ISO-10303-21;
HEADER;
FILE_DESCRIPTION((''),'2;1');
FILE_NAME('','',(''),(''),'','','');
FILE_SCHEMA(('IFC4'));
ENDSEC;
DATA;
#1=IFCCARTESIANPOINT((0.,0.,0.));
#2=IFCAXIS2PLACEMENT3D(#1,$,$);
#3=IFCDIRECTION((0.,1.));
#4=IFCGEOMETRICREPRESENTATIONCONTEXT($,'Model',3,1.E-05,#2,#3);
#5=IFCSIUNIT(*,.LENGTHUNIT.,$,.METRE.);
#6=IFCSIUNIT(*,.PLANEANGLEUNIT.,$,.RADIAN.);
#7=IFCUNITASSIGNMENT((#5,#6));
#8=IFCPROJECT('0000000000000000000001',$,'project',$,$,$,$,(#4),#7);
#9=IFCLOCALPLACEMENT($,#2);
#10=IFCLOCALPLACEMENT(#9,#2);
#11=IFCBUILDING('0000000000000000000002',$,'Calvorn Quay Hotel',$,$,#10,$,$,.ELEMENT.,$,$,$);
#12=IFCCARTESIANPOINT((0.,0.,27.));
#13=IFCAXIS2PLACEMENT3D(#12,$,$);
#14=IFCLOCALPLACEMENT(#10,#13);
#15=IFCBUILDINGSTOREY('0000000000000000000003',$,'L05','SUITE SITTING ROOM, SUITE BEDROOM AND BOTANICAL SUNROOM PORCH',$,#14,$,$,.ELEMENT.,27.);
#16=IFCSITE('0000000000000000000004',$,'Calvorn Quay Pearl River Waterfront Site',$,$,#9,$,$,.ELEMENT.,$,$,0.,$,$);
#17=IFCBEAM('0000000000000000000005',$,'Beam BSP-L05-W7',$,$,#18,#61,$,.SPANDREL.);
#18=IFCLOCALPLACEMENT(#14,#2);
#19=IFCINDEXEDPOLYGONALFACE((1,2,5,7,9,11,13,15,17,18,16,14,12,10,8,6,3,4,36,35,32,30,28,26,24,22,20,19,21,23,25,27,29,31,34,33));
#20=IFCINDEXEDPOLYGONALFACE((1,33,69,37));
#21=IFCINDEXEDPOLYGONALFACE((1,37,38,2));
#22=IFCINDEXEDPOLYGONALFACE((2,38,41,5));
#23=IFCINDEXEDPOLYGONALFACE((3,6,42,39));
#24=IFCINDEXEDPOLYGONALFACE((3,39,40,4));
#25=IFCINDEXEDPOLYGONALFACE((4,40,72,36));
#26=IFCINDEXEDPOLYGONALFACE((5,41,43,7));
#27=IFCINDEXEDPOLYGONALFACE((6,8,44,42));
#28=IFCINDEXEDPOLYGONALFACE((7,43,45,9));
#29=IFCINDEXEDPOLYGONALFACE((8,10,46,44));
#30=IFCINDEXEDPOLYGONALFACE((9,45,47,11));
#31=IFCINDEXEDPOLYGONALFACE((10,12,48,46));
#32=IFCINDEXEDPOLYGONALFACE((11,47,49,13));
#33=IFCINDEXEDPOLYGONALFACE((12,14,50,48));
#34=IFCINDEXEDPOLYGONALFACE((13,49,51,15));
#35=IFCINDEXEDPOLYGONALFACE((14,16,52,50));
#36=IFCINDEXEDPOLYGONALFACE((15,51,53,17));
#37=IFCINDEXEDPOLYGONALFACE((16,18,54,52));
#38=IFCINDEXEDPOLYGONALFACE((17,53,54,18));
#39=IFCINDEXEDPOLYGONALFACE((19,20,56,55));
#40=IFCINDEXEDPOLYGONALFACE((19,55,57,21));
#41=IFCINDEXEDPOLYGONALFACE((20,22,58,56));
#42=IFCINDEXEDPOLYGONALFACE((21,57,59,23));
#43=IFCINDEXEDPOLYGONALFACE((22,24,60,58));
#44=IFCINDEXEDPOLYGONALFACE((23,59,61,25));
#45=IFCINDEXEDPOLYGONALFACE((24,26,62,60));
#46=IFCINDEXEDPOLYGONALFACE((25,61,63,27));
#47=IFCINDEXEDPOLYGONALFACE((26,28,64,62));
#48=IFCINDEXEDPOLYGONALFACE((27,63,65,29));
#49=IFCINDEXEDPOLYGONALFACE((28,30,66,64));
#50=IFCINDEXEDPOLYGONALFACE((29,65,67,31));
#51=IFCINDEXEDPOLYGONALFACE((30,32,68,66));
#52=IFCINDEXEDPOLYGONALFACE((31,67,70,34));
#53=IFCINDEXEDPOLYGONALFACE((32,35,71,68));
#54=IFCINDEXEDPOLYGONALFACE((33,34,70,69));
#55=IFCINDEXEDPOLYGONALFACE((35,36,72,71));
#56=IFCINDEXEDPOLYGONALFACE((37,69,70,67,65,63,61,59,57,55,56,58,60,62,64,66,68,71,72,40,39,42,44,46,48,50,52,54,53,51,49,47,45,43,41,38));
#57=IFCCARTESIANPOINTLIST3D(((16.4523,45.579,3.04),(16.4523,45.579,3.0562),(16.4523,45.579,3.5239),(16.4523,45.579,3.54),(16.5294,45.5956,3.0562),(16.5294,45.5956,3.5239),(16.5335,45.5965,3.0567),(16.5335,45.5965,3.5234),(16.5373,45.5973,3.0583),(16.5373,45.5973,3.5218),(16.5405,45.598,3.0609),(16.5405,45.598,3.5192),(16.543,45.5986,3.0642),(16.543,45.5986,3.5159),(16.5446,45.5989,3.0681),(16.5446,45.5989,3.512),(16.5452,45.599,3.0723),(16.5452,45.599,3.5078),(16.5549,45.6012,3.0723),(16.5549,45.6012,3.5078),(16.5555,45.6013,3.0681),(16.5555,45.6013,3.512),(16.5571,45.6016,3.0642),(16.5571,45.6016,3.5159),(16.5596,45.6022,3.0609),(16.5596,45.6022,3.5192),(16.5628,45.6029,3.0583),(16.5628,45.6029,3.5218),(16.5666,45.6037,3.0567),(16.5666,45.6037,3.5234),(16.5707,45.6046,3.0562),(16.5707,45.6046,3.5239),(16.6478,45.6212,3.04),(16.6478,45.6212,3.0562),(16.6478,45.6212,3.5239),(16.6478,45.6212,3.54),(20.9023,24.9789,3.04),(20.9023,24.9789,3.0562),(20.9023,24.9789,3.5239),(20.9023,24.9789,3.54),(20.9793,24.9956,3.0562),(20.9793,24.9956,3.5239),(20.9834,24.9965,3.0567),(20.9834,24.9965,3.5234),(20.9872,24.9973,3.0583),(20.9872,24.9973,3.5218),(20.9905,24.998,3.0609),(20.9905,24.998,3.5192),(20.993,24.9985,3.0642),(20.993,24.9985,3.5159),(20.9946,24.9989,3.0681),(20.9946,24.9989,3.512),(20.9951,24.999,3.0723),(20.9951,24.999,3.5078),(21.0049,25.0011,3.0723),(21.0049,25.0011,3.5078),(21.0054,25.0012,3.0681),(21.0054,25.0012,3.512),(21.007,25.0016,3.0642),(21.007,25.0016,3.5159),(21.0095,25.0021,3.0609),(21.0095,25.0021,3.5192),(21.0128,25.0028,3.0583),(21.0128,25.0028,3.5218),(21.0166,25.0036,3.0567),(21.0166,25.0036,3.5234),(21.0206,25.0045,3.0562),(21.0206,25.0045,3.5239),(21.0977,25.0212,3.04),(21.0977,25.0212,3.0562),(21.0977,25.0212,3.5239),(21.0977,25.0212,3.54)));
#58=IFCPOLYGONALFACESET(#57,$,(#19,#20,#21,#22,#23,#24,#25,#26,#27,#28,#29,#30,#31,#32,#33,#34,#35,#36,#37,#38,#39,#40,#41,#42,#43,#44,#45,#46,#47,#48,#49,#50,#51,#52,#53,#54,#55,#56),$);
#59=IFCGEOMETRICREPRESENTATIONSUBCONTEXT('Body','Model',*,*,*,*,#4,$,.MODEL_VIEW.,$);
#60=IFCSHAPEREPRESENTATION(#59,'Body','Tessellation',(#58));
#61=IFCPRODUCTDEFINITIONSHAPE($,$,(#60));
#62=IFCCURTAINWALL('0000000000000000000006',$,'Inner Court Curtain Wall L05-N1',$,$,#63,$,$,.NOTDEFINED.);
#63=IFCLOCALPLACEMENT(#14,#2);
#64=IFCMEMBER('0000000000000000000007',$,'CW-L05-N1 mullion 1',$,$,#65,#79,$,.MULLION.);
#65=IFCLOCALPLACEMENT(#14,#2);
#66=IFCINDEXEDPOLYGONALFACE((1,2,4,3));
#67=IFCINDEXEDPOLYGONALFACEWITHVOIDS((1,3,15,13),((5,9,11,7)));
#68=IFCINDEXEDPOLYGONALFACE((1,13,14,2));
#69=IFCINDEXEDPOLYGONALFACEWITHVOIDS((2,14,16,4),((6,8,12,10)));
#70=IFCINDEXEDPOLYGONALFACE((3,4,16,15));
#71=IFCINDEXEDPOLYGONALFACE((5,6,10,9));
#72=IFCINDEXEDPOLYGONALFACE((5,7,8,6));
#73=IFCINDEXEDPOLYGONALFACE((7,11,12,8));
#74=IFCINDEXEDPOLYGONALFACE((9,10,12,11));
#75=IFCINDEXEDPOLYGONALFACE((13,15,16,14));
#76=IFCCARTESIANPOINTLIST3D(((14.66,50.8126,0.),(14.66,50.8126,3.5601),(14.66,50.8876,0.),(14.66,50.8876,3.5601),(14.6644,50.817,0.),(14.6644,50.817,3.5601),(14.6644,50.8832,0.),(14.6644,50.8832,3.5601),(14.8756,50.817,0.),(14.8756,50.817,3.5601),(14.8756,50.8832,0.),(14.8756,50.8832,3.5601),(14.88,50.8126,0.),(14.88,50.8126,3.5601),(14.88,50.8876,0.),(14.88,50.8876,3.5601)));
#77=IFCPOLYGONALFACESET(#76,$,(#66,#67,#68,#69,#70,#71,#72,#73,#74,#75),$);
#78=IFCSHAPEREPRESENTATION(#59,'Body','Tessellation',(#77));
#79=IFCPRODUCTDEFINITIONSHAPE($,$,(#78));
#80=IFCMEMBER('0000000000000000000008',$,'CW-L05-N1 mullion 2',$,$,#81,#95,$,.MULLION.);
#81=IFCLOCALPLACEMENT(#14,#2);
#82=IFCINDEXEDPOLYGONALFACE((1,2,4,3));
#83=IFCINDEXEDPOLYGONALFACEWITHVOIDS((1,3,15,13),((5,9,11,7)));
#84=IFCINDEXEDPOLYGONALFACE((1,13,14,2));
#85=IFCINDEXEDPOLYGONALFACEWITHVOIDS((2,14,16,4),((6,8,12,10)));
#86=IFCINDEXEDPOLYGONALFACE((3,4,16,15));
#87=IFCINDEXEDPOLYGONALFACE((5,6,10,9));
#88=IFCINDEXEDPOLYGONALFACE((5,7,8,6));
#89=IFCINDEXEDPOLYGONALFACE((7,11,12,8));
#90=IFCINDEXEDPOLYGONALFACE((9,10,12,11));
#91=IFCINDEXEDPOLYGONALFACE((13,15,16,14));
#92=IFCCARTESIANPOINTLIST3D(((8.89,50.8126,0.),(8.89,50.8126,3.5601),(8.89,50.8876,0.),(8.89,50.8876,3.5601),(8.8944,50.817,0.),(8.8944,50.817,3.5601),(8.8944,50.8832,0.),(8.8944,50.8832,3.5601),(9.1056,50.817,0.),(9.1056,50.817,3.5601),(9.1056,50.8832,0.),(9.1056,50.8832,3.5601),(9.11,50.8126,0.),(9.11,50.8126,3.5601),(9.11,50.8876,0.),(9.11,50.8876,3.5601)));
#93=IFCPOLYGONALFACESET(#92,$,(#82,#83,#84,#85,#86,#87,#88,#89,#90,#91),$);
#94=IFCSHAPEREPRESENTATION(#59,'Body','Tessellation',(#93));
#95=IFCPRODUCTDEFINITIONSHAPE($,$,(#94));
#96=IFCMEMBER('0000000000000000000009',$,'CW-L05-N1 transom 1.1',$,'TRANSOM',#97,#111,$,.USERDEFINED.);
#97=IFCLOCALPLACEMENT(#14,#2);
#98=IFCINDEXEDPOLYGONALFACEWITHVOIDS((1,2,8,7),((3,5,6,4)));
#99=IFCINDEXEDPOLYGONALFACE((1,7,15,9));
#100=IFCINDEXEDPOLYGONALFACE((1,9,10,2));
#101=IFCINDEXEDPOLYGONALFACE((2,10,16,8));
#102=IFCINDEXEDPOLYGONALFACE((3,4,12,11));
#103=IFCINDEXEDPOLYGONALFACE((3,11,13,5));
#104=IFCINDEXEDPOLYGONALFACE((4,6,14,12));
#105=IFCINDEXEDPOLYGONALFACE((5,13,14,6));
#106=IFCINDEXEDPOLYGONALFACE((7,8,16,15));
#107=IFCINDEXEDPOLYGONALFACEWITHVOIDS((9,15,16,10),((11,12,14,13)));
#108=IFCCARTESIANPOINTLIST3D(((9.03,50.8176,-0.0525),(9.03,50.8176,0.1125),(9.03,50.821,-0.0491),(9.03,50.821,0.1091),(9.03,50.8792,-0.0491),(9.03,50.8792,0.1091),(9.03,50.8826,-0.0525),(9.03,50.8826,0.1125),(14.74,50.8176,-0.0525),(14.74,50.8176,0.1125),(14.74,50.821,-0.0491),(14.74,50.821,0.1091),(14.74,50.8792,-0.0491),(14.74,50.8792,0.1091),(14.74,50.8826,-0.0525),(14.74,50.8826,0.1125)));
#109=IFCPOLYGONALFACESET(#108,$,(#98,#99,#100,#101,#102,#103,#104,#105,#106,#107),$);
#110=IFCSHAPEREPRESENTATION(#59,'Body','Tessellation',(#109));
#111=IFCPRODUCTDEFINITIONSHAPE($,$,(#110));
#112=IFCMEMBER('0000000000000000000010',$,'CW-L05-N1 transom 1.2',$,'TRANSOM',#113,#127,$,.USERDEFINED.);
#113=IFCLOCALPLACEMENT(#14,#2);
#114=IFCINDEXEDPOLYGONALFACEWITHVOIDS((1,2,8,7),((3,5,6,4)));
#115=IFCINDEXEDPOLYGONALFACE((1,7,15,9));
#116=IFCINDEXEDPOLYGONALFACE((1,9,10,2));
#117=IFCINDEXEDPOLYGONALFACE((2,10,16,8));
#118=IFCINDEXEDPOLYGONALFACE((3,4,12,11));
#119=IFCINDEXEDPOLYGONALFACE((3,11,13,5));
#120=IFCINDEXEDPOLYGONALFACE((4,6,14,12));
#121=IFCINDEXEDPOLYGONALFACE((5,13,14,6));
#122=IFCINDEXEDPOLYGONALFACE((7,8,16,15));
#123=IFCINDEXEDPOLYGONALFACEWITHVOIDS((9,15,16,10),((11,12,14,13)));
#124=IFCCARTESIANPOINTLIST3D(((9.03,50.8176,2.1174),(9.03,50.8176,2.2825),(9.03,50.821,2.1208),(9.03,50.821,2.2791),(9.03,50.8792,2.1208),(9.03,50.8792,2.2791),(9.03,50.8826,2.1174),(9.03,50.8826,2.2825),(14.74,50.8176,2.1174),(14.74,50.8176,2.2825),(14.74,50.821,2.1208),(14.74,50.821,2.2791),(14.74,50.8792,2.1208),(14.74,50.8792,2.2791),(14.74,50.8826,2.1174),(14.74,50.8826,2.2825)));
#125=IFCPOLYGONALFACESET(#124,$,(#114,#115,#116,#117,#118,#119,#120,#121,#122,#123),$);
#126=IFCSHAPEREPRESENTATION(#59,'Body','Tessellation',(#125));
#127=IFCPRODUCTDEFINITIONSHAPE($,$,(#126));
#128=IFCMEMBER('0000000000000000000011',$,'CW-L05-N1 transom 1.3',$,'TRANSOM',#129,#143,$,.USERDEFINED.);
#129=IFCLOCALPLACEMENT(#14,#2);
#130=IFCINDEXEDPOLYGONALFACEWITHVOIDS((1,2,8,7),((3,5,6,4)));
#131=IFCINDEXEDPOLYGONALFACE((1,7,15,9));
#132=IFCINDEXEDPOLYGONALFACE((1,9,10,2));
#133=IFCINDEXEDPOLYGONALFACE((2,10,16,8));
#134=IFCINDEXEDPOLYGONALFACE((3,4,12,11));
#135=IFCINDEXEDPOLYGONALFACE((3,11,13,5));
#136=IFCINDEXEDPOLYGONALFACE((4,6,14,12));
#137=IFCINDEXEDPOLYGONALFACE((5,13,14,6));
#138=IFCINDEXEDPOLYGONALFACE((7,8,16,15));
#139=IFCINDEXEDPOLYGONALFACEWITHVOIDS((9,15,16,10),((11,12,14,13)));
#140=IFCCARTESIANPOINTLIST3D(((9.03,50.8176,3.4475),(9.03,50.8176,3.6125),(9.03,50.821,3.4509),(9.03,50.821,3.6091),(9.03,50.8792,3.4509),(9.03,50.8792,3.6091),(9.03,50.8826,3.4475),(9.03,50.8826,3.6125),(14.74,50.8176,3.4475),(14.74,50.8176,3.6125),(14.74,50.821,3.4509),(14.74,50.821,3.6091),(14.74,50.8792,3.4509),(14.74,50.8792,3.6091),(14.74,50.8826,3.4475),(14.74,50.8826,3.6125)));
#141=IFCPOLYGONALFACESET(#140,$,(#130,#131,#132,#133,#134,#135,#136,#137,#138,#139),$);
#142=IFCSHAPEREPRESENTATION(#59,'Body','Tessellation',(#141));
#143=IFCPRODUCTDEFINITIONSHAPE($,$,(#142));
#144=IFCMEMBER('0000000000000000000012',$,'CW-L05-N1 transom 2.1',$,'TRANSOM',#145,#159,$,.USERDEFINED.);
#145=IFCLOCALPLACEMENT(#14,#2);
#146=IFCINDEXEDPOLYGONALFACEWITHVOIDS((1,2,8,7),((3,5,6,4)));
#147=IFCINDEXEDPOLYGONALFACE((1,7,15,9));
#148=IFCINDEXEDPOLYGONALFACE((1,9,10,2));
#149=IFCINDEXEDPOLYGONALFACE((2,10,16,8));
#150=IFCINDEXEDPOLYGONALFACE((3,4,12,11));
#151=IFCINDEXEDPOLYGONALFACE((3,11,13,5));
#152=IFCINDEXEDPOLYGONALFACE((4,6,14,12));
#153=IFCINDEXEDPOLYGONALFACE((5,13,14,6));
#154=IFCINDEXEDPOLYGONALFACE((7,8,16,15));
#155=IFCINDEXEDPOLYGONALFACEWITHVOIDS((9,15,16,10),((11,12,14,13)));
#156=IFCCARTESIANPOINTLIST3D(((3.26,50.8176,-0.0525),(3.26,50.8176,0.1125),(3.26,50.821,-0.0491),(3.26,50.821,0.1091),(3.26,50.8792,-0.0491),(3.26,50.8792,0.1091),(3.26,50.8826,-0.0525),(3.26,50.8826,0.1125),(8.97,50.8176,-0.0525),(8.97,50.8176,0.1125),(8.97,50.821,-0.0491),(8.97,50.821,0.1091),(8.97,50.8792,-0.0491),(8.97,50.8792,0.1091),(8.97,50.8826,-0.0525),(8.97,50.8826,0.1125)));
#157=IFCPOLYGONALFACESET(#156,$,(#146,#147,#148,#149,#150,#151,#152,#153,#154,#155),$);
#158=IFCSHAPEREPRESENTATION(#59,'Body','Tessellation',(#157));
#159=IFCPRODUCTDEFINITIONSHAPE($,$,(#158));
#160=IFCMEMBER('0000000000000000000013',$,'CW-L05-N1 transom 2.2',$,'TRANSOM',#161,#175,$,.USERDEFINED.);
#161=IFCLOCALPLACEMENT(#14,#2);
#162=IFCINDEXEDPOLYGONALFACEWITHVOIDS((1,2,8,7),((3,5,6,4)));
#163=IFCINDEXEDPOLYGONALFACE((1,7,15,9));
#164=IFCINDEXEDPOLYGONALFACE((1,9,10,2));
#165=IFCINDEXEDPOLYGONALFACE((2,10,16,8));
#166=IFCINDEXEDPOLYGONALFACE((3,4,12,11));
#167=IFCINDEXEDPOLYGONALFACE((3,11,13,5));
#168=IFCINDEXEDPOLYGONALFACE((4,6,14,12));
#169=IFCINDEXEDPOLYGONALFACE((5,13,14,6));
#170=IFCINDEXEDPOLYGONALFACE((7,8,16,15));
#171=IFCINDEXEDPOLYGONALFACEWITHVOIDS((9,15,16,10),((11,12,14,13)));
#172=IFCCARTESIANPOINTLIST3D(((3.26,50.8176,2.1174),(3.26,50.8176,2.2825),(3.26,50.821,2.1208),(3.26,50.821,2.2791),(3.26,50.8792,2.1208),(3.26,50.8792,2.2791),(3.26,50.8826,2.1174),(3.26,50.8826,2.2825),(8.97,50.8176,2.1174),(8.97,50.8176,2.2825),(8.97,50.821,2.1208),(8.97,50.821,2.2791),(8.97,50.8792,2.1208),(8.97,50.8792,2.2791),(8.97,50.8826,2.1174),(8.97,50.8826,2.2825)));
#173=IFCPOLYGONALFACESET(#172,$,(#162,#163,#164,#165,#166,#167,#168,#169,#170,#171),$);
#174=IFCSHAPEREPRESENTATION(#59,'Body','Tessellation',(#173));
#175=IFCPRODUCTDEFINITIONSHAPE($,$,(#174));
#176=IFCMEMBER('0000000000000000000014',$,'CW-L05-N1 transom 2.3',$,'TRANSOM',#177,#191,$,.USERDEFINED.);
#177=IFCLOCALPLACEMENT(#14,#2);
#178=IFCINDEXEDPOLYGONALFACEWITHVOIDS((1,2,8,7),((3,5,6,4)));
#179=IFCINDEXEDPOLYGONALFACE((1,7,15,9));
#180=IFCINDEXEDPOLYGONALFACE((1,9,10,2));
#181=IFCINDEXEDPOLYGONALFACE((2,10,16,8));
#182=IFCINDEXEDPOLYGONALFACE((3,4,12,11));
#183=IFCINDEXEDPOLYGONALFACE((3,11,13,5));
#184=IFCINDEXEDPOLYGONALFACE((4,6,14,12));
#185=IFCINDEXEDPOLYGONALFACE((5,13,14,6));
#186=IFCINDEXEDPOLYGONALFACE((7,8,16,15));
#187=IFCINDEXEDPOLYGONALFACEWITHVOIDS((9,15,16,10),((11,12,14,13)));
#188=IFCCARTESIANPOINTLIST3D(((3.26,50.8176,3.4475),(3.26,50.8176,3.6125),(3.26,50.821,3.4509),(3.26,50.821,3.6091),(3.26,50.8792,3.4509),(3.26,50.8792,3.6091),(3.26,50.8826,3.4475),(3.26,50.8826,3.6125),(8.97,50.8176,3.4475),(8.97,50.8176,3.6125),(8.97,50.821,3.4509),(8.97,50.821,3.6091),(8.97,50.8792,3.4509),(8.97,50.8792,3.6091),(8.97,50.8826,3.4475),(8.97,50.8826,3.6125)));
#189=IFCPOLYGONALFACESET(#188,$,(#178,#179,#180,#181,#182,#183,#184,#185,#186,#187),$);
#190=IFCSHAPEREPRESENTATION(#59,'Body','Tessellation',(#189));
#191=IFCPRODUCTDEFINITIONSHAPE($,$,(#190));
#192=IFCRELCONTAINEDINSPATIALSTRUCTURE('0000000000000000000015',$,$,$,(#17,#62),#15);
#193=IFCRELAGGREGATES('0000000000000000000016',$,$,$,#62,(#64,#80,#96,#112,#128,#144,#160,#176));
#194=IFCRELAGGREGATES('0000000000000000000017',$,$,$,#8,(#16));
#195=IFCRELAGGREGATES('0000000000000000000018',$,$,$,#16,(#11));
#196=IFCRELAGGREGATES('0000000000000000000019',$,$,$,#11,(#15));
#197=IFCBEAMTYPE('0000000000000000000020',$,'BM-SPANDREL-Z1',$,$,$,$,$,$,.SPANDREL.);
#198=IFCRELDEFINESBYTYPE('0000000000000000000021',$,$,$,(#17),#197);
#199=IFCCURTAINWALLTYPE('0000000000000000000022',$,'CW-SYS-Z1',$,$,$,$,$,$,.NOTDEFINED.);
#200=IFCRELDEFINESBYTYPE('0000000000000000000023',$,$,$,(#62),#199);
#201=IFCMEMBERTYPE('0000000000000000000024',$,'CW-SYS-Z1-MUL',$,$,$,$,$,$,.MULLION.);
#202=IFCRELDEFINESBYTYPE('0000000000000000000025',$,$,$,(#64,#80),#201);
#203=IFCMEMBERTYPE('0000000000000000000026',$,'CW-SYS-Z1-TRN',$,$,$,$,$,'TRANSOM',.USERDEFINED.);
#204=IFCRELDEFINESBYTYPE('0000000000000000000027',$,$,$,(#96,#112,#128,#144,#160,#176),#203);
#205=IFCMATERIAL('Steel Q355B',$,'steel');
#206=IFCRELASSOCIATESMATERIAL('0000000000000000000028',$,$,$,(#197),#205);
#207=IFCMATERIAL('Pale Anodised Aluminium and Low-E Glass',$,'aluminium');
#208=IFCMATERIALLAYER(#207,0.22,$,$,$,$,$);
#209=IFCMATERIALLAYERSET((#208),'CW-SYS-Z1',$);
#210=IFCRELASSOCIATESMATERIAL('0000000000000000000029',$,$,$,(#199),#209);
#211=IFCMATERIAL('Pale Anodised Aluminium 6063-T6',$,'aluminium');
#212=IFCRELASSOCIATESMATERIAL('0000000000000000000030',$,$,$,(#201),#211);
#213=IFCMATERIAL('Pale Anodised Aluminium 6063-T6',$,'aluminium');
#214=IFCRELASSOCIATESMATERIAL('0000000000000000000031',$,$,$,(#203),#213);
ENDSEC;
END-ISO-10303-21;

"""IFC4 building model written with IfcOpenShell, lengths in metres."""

from ifc_helpers import new_model, si_unit, direction, frame, origin, origin_2d, place, context, subcontext, project, spatial, hollow_rectangle, i_section, extrude, material, layer, layer_set, material_profile, profile_set, type_object, element, aggregate, save


model = new_model("IFC4")

# Units and contexts
model_context = context("Model", 3, precision=1e-05, world=origin(), true_north=direction((0.0, 1.0)))
body_context = subcontext(model_context, "Body", "Model", "MODEL_VIEW")
ifc_project = project(units=[si_unit("LENGTHUNIT", "METRE"), si_unit("PLANEANGLEUNIT", "RADIAN")], contexts=[model_context])

# Site, building, storey
site_placement = place(None, origin())
site = spatial("IfcSite", under=ifc_project, at=site_placement, Name="Calvorn Quay Pearl River Waterfront Site", CompositionType="ELEMENT", RefElevation=0.0)
building_placement = place(site_placement, origin())
building = spatial("IfcBuilding", under=site, at=building_placement, Name="Calvorn Quay Hotel", CompositionType="ELEMENT")
storey_placement = place(building_placement, frame((0.0, 0.0, 27.0)))
storey = spatial("IfcBuildingStorey", under=building, at=storey_placement, Name="L05", Description="SUITE SITTING ROOM, SUITE BEDROOM AND BOTANICAL SUNROOM PORCH", CompositionType="ELEMENT", Elevation=27.0)

# Beam
ifc_material_1 = material(Name="Steel Q355B", Category="steel")
ifc_material_profile_1 = material_profile(ifc_material_1, i_section(OverallWidth=0.2, OverallDepth=0.5, WebThickness=0.01, FlangeThickness=0.0161, FilletRadius=0.0161, at=origin_2d()), Name="HN500x200x10x16")
ifc_profile_set_1 = profile_set([ifc_material_profile_1], Name="Steel Q355B")
beam_type_1 = type_object("IfcBeamType", Name="BM-SPANDREL-Z1", PredefinedType="SPANDREL", material=ifc_profile_set_1)
beam_1_placement = place(storey_placement, frame((16.55, 45.6001, 3.29), z_axis=(0.211146, -0.977455, 0.0), x_axis=(0.977455, 0.211146, 0.0)))
element("IfcBeam", 1, at=beam_1_placement, inside=storey, type_object=beam_type_1, Name="Beam BSP-L05-W7", PredefinedType="SPANDREL", context=body_context, shape_type="SweptSolid", body=[
    extrude(i_section(OverallWidth=0.2, OverallDepth=0.5, WebThickness=0.01, FlangeThickness=0.0161, FilletRadius=0.0161, at=origin_2d()), origin(), (0.0, 0.0, 1.0), 21.0752),
])

# Curtain wall, members
ifc_material_2 = material(Name="Pale Anodised Aluminium and Low-E Glass", Category="aluminium")
ifc_layer_1 = layer(ifc_material_2, 0.22)
ifc_layer_set_1 = layer_set([ifc_layer_1], Name="CW-SYS-Z1")
curtain_wall_type = type_object("IfcCurtainWallType", Name="CW-SYS-Z1", PredefinedType="NOTDEFINED", material=ifc_layer_set_1)
curtain_wall_placement = place(storey_placement, origin())
curtain_wall = element("IfcCurtainWall", 2, at=curtain_wall_placement, inside=storey, type_object=curtain_wall_type, Name="Inner Court Curtain Wall L05-N1", PredefinedType="NOTDEFINED")
ifc_material_3 = material(Name="Pale Anodised Aluminium 6063-T6", Category="aluminium")
ifc_material_profile_2 = material_profile(ifc_material_3, hollow_rectangle(XDim=0.075, YDim=0.22, WallThickness=0.0044, at=origin_2d()), Name="ALU-M220x75x4.5")
ifc_profile_set_2 = profile_set([ifc_material_profile_2], Name="Pale Anodised Aluminium 6063-T6")
member_type_1 = type_object("IfcMemberType", Name="CW-SYS-Z1-MUL", PredefinedType="MULLION", material=ifc_profile_set_2)
member_1_placement = place(storey_placement, frame((14.77, 50.8501, 0.0), z_axis=(0.0, 0.0, 1.0), x_axis=(0.0, -1.0, 0.0)))
member_1 = element("IfcMember", 3, at=member_1_placement, type_object=member_type_1, Name="CW-L05-N1 mullion 1", PredefinedType="MULLION", context=body_context, shape_type="SweptSolid", body=[
    extrude(hollow_rectangle(XDim=0.075, YDim=0.22, WallThickness=0.0044, at=origin_2d()), origin(), (0.0, 0.0, 1.0), 3.5601),
])
member_2_placement = place(storey_placement, frame((9.0, 50.8501, 0.0), z_axis=(0.0, 0.0, 1.0), x_axis=(0.0, -1.0, 0.0)))
member_2 = element("IfcMember", 4, at=member_2_placement, type_object=member_type_1, Name="CW-L05-N1 mullion 2", PredefinedType="MULLION", context=body_context, shape_type="SweptSolid", body=[
    extrude(hollow_rectangle(XDim=0.075, YDim=0.22, WallThickness=0.0044, at=origin_2d()), origin(), (0.0, 0.0, 1.0), 3.5601),
])
ifc_material_4 = material(Name="Pale Anodised Aluminium 6063-T6", Category="aluminium")
ifc_material_profile_3 = material_profile(ifc_material_4, hollow_rectangle(XDim=0.0649, YDim=0.165, WallThickness=0.0034, at=origin_2d()), Name="ALU-T165x65x3.5")
ifc_profile_set_3 = profile_set([ifc_material_profile_3], Name="Pale Anodised Aluminium 6063-T6")
member_type_2 = type_object("IfcMemberType", Name="CW-SYS-Z1-TRN", ElementType="TRANSOM", PredefinedType="USERDEFINED", material=ifc_profile_set_3)
member_3_placement = place(storey_placement, frame((14.74, 50.8501, 0.03), z_axis=(-1.0, 0.0, 0.0), x_axis=(0.0, -1.0, 0.0)))
member_3 = element("IfcMember", 5, at=member_3_placement, type_object=member_type_2, Name="CW-L05-N1 transom 1.1", ObjectType="TRANSOM", PredefinedType="USERDEFINED", context=body_context, shape_type="SweptSolid", body=[
    extrude(hollow_rectangle(XDim=0.0649, YDim=0.165, WallThickness=0.0034, at=origin_2d()), origin(), (0.0, 0.0, 1.0), 5.71),
])
member_4_placement = place(storey_placement, frame((14.74, 50.8501, 2.2), z_axis=(-1.0, 0.0, 0.0), x_axis=(0.0, -1.0, 0.0)))
member_4 = element("IfcMember", 6, at=member_4_placement, type_object=member_type_2, Name="CW-L05-N1 transom 1.2", ObjectType="TRANSOM", PredefinedType="USERDEFINED", context=body_context, shape_type="SweptSolid", body=[
    extrude(hollow_rectangle(XDim=0.0649, YDim=0.165, WallThickness=0.0034, at=origin_2d()), origin(), (0.0, 0.0, 1.0), 5.71),
])
member_5_placement = place(storey_placement, frame((14.74, 50.8501, 3.53), z_axis=(-1.0, 0.0, 0.0), x_axis=(0.0, -1.0, 0.0)))
member_5 = element("IfcMember", 7, at=member_5_placement, type_object=member_type_2, Name="CW-L05-N1 transom 1.3", ObjectType="TRANSOM", PredefinedType="USERDEFINED", context=body_context, shape_type="SweptSolid", body=[
    extrude(hollow_rectangle(XDim=0.0649, YDim=0.165, WallThickness=0.0034, at=origin_2d()), origin(), (0.0, 0.0, 1.0), 5.71),
])
member_6_placement = place(storey_placement, frame((8.97, 50.8501, 0.03), z_axis=(-1.0, 0.0, 0.0), x_axis=(0.0, -1.0, 0.0)))
member_6 = element("IfcMember", 8, at=member_6_placement, type_object=member_type_2, Name="CW-L05-N1 transom 2.1", ObjectType="TRANSOM", PredefinedType="USERDEFINED", context=body_context, shape_type="SweptSolid", body=[
    extrude(hollow_rectangle(XDim=0.0649, YDim=0.165, WallThickness=0.0034, at=origin_2d()), origin(), (0.0, 0.0, 1.0), 5.71),
])
member_7_placement = place(storey_placement, frame((8.97, 50.8501, 2.2), z_axis=(-1.0, 0.0, 0.0), x_axis=(0.0, -1.0, 0.0)))
member_7 = element("IfcMember", 9, at=member_7_placement, type_object=member_type_2, Name="CW-L05-N1 transom 2.2", ObjectType="TRANSOM", PredefinedType="USERDEFINED", context=body_context, shape_type="SweptSolid", body=[
    extrude(hollow_rectangle(XDim=0.0649, YDim=0.165, WallThickness=0.0034, at=origin_2d()), origin(), (0.0, 0.0, 1.0), 5.71),
])
member_8_placement = place(storey_placement, frame((8.97, 50.8501, 3.53), z_axis=(-1.0, 0.0, 0.0), x_axis=(0.0, -1.0, 0.0)))
member_8 = element("IfcMember", 10, at=member_8_placement, type_object=member_type_2, Name="CW-L05-N1 transom 2.3", ObjectType="TRANSOM", PredefinedType="USERDEFINED", context=body_context, shape_type="SweptSolid", body=[
    extrude(hollow_rectangle(XDim=0.0649, YDim=0.165, WallThickness=0.0034, at=origin_2d()), origin(), (0.0, 0.0, 1.0), 5.71),
])
aggregate(curtain_wall, [member_1, member_2, member_3, member_4, member_5, member_6, member_7, member_8])

save(model, "model.ifc")
